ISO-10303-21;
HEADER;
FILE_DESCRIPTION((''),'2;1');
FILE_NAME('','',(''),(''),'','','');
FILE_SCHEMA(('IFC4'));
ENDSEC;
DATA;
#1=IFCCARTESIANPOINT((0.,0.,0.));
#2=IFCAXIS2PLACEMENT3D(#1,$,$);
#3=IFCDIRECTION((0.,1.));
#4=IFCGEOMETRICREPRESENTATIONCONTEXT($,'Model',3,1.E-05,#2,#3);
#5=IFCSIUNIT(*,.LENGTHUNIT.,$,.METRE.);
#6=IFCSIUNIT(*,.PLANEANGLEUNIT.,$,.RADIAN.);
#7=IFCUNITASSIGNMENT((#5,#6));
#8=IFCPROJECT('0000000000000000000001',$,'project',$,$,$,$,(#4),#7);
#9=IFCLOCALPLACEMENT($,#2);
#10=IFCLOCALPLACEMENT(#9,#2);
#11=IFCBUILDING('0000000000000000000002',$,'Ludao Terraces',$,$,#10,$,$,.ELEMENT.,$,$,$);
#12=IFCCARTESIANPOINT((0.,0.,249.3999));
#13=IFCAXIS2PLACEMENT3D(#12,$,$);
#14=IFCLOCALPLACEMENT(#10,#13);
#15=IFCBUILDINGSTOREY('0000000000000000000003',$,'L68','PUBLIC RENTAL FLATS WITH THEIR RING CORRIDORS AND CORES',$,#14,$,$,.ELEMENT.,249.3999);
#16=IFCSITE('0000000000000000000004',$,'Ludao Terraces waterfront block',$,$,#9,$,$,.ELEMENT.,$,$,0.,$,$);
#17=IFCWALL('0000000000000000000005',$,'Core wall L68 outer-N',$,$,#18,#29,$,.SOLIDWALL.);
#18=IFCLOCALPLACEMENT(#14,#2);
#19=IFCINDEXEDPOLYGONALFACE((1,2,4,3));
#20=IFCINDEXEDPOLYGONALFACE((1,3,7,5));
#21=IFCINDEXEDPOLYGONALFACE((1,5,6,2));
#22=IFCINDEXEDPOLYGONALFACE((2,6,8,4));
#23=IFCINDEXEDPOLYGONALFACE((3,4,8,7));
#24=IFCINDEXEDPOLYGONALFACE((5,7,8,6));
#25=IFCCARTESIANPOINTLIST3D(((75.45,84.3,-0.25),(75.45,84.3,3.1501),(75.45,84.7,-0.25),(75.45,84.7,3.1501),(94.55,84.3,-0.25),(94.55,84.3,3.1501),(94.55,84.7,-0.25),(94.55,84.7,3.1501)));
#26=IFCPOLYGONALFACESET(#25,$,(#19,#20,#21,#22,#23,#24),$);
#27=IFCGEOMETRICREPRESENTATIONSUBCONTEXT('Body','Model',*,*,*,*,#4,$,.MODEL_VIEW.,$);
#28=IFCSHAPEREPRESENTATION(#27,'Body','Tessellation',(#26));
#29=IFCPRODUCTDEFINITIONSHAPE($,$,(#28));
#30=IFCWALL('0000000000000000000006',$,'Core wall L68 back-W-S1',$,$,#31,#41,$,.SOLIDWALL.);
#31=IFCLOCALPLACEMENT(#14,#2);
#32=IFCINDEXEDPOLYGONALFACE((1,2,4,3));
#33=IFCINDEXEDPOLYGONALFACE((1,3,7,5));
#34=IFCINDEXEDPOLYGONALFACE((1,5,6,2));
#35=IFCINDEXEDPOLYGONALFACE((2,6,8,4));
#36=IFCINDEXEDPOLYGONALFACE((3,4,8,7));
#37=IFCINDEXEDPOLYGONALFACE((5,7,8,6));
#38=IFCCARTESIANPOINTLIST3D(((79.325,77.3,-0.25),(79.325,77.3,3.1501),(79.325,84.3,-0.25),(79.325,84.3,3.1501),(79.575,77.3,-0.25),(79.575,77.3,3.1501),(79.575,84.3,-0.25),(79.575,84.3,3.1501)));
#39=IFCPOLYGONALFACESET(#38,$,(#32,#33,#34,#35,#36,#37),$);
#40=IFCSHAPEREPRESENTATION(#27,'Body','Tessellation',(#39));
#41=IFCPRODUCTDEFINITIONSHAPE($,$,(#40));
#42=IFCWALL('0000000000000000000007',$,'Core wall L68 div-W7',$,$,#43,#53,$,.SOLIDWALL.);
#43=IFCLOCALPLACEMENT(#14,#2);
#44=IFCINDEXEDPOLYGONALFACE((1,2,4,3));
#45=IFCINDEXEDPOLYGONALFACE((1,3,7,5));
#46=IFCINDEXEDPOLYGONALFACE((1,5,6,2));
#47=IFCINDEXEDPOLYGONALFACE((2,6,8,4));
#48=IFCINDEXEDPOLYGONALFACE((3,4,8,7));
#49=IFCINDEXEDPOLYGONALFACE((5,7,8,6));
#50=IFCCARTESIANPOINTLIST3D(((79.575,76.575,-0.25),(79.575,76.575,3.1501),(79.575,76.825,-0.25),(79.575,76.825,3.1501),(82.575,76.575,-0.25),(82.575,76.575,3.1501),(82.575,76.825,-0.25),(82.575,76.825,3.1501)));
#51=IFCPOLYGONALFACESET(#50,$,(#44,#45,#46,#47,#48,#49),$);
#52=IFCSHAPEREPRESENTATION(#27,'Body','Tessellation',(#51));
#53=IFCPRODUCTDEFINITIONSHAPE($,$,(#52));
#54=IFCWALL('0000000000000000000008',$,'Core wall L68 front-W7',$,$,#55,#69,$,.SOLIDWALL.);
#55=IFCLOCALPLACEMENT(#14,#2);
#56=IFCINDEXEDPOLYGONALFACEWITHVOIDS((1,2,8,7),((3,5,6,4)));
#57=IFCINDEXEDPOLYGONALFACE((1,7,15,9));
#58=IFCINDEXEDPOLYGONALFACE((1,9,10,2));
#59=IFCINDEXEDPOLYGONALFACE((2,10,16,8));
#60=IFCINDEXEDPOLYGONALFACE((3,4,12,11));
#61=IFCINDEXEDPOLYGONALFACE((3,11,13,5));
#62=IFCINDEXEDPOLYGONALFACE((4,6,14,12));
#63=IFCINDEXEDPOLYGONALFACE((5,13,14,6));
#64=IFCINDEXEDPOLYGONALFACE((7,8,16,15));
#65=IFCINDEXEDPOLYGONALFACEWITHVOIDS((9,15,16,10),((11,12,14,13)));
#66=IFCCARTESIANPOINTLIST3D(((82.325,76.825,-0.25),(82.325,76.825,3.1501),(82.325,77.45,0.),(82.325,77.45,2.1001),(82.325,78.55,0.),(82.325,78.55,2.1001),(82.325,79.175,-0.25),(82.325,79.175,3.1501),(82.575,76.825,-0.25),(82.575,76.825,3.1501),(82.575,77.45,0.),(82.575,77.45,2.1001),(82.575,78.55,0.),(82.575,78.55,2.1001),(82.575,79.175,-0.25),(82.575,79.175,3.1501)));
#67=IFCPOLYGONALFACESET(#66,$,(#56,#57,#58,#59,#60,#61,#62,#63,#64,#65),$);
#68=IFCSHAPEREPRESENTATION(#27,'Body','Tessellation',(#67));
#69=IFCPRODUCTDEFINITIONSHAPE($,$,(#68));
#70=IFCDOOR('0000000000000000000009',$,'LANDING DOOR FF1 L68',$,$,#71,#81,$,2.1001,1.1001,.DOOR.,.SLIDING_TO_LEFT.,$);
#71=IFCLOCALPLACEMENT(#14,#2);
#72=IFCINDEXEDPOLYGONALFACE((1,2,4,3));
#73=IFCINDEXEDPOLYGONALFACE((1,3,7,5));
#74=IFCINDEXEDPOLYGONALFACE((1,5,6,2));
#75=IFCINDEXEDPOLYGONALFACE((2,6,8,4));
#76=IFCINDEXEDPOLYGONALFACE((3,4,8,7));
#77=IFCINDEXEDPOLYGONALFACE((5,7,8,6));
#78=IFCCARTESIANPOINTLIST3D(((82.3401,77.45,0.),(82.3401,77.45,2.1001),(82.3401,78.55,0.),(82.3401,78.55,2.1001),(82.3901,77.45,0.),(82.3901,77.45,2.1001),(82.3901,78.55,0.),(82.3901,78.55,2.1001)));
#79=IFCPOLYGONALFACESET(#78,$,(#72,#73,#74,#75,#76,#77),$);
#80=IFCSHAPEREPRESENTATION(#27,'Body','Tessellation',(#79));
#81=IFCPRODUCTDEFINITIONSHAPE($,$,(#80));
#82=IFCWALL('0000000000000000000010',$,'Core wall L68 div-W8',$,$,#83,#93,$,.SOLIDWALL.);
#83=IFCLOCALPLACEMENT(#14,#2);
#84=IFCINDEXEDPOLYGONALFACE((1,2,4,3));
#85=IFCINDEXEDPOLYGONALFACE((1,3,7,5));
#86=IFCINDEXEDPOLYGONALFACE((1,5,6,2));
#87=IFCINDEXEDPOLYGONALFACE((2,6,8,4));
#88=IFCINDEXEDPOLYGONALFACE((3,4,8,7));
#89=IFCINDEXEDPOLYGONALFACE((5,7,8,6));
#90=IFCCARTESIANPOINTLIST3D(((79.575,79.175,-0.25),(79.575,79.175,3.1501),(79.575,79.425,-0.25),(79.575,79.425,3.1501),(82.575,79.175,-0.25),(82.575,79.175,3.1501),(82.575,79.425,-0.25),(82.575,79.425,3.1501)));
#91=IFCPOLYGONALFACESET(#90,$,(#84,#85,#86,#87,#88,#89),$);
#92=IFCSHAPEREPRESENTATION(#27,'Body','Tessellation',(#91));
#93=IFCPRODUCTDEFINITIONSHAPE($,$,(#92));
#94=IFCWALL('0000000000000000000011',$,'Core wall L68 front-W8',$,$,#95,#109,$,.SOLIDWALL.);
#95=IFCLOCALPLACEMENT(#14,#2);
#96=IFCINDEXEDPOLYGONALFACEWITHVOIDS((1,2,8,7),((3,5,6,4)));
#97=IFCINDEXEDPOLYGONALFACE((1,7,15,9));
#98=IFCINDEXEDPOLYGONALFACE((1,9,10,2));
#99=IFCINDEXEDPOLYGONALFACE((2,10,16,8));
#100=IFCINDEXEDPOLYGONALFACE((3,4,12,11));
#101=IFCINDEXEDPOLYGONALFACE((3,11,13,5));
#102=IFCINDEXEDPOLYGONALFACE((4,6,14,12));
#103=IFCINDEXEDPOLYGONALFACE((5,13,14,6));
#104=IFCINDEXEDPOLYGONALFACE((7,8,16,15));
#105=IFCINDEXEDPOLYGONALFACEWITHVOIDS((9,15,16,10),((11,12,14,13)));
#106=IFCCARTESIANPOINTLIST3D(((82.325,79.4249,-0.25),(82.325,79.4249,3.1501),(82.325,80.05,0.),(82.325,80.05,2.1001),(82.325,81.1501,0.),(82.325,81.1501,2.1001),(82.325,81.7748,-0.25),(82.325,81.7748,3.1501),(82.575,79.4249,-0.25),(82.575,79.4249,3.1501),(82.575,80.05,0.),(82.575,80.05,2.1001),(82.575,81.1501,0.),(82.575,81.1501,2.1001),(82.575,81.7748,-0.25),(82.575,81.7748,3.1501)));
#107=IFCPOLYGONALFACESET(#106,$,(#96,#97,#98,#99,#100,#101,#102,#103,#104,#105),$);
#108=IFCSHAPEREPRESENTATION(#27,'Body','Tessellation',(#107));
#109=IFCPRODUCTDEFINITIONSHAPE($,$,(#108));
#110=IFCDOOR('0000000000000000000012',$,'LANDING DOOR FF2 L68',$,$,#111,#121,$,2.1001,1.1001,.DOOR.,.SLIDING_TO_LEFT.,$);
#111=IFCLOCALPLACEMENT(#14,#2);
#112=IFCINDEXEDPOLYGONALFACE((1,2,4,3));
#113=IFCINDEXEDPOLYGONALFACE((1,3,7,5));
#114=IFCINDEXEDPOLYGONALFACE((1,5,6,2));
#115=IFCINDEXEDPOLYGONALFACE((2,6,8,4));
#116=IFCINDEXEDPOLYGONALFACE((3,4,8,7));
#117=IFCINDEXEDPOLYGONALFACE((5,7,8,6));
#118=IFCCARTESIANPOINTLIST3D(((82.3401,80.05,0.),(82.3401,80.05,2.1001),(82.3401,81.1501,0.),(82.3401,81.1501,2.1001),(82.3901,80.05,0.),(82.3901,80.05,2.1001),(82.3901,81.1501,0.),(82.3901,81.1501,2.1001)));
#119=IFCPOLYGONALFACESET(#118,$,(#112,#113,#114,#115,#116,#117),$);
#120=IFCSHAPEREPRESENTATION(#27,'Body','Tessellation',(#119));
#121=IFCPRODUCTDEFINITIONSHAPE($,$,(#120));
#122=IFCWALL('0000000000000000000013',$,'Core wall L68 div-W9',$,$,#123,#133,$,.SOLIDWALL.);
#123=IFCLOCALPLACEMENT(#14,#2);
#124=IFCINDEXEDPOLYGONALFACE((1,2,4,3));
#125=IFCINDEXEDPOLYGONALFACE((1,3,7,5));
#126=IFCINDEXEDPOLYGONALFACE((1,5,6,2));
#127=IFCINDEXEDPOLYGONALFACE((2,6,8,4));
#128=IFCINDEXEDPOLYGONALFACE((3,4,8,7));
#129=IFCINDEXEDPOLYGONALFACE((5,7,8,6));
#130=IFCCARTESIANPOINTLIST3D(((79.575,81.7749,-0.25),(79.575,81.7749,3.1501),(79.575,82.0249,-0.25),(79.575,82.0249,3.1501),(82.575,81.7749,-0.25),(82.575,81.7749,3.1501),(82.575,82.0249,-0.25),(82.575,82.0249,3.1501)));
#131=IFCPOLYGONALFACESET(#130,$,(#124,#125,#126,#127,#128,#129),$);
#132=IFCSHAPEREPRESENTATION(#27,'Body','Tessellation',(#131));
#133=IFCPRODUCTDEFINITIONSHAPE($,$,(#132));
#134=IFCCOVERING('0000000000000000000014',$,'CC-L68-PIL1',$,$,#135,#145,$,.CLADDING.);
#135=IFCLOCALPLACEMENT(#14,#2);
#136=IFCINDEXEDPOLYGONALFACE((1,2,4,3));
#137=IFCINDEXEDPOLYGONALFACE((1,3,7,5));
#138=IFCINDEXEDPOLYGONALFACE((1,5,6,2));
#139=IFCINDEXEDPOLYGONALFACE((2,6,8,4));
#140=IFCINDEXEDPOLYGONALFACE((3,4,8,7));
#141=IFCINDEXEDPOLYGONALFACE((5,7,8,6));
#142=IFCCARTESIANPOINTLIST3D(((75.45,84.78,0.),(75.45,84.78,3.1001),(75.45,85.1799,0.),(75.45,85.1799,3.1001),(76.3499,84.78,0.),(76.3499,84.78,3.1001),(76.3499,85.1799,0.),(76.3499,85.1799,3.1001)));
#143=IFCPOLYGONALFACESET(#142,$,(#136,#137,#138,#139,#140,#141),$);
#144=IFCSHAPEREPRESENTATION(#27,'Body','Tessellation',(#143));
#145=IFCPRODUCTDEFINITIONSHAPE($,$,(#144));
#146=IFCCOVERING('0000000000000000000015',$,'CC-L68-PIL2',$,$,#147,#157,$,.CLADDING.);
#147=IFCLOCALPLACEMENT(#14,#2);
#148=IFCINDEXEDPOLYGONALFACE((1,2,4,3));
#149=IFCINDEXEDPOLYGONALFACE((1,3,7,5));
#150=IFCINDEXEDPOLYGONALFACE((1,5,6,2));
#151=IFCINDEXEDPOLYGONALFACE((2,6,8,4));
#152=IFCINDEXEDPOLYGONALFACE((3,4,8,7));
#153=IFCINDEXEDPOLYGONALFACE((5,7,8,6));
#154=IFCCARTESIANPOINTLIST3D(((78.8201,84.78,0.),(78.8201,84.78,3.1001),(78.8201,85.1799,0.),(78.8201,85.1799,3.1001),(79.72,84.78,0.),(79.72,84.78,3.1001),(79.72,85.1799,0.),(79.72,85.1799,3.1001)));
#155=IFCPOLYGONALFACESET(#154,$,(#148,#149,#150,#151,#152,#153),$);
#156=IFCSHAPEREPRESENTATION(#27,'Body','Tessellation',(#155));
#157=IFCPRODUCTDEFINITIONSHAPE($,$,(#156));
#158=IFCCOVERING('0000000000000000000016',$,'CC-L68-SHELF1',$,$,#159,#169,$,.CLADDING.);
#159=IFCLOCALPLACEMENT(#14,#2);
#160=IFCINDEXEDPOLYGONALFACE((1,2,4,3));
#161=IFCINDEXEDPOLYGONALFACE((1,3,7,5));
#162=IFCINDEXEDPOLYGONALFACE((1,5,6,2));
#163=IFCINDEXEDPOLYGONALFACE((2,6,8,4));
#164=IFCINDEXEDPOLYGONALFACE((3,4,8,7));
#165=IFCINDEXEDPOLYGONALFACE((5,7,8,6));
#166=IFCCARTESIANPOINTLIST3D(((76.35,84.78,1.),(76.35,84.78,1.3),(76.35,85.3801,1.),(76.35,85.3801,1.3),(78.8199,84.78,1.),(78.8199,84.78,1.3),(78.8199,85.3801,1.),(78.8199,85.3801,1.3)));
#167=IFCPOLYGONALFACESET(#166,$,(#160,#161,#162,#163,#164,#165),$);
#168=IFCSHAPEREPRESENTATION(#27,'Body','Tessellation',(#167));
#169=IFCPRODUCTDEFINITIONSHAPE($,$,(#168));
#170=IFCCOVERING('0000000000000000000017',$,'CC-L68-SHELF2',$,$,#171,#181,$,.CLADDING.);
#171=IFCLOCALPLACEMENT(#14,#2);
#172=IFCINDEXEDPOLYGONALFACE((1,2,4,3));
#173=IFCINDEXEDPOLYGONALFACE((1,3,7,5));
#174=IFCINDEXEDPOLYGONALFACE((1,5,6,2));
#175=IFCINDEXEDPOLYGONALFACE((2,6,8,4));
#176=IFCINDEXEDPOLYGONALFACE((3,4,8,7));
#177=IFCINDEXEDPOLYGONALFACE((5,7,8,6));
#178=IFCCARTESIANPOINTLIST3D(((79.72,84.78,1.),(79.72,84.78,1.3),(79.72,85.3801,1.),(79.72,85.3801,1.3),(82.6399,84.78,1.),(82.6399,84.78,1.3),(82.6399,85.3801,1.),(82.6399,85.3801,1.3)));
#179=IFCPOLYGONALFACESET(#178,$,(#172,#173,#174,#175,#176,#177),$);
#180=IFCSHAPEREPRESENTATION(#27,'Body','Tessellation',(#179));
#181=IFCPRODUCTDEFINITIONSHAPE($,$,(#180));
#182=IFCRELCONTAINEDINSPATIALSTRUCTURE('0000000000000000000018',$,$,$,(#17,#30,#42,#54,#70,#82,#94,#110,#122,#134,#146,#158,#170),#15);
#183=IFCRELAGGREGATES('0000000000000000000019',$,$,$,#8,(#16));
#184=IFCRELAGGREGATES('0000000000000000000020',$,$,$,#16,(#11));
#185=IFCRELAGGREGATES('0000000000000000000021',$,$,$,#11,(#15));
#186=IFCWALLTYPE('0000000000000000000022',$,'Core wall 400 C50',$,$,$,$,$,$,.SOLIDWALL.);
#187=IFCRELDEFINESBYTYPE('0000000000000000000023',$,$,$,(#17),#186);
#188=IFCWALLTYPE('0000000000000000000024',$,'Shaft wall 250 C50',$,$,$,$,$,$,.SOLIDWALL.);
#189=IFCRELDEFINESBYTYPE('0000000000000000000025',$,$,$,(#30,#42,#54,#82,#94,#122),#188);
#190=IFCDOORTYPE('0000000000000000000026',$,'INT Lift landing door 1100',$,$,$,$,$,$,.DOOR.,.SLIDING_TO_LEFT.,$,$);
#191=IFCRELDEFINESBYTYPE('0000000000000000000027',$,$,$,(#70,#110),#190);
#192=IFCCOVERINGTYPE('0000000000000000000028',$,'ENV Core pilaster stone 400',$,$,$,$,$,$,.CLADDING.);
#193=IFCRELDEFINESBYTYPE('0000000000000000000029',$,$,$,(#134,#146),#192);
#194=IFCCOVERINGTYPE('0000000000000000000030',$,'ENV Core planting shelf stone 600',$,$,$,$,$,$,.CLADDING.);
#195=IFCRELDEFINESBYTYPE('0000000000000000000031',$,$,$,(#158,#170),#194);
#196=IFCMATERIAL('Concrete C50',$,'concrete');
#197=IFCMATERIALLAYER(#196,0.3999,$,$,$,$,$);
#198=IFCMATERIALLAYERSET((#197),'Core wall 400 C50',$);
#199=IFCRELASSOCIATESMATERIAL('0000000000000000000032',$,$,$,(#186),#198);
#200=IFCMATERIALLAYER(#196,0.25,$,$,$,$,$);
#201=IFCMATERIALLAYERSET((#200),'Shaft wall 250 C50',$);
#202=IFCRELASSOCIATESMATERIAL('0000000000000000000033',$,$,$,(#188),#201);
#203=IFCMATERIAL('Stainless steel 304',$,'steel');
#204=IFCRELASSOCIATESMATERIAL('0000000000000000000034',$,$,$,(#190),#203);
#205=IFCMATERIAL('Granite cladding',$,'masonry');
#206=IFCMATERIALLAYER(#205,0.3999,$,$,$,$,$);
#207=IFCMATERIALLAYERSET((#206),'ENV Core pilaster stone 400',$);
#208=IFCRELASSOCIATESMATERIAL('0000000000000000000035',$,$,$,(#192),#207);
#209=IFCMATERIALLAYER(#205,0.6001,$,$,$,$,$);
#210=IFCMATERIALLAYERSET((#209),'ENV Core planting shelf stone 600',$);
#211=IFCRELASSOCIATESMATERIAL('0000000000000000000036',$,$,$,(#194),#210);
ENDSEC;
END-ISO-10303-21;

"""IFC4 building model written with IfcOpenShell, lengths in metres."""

from ifc_helpers import new_model, si_unit, direction, frame, frame_2d, origin, origin_2d, place, context, subcontext, project, spatial, rectangle, extrude, material, layer, layer_set, type_object, element, fill, save


model = new_model("IFC4")

# Units and contexts
model_context = context("Model", 3, precision=1e-05, world=origin(), true_north=direction((0.0, 1.0)))
body_context = subcontext(model_context, "Body", "Model", "MODEL_VIEW")
ifc_project = project(units=[si_unit("LENGTHUNIT", "METRE"), si_unit("PLANEANGLEUNIT", "RADIAN")], contexts=[model_context])

# Site, building, storey
site_placement = place(None, origin())
site = spatial("IfcSite", under=ifc_project, at=site_placement, Name="Ludao Terraces waterfront block", CompositionType="ELEMENT", RefElevation=0.0)
building_placement = place(site_placement, origin())
building = spatial("IfcBuilding", under=site, at=building_placement, Name="Ludao Terraces", CompositionType="ELEMENT")
storey_placement = place(building_placement, frame((0.0, 0.0, 249.3999)))
storey = spatial("IfcBuildingStorey", under=building, at=storey_placement, Name="L68", Description="PUBLIC RENTAL FLATS WITH THEIR RING CORRIDORS AND CORES", CompositionType="ELEMENT", Elevation=249.3999)

# Walls
ifc_material_1 = material(Name="Concrete C50", Category="concrete")
ifc_layer_1 = layer(ifc_material_1, 0.3999)
ifc_layer_set_1 = layer_set([ifc_layer_1], Name="Core wall 400 C50")
wall_type_1 = type_object("IfcWallType", Name="Core wall 400 C50", PredefinedType="SOLIDWALL", material=ifc_layer_set_1)
wall_1_placement = place(storey_placement, frame((75.45, 84.5, -0.25), z_axis=(0.0, 0.0, 1.0), x_axis=(1.0, 0.0, 0.0)))
element("IfcWall", 1, at=wall_1_placement, inside=storey, type_object=wall_type_1, Name="Core wall L68 outer-N", PredefinedType="SOLIDWALL", context=body_context, shape_type="SweptSolid", body=[
    extrude(rectangle(XDim=19.1001, YDim=0.3999, at=frame_2d((9.55, 0.0))), origin(), (0.0, 0.0, 1.0), 3.4001),
])
ifc_layer_2 = layer(ifc_material_1, 0.25)
ifc_layer_set_2 = layer_set([ifc_layer_2], Name="Shaft wall 250 C50")
wall_type_2 = type_object("IfcWallType", Name="Shaft wall 250 C50", PredefinedType="SOLIDWALL", material=ifc_layer_set_2)
wall_2_placement = place(storey_placement, frame((79.45, 77.3, -0.25), z_axis=(0.0, 0.0, 1.0), x_axis=(0.0, 1.0, 0.0)))
element("IfcWall", 2, at=wall_2_placement, inside=storey, type_object=wall_type_2, Name="Core wall L68 back-W-S1", PredefinedType="SOLIDWALL", context=body_context, shape_type="SweptSolid", body=[
    extrude(rectangle(XDim=7.0, YDim=0.25, at=frame_2d((3.5, 0.0))), origin(), (0.0, 0.0, 1.0), 3.4001),
])
wall_3_placement = place(storey_placement, frame((79.575, 76.7, -0.25), z_axis=(0.0, 0.0, 1.0), x_axis=(1.0, 0.0, 0.0)))
element("IfcWall", 3, at=wall_3_placement, inside=storey, type_object=wall_type_2, Name="Core wall L68 div-W7", PredefinedType="SOLIDWALL", context=body_context, shape_type="SweptSolid", body=[
    extrude(rectangle(XDim=3.0, YDim=0.25, at=frame_2d((1.5, 0.0))), origin(), (0.0, 0.0, 1.0), 3.4001),
])

# Wall, opening, door
wall_4_placement = place(storey_placement, frame((82.45, 76.825, -0.25), z_axis=(0.0, 0.0, 1.0), x_axis=(0.0, 1.0, 0.0)))
wall_4 = element("IfcWall", 4, at=wall_4_placement, inside=storey, type_object=wall_type_2, Name="Core wall L68 front-W7", PredefinedType="SOLIDWALL", context=body_context, shape_type="SweptSolid", body=[
    extrude(rectangle(XDim=2.3501, YDim=0.25, at=frame_2d((1.175, 0.0))), origin(), (0.0, 0.0, 1.0), 3.4001),
])
opening_1_placement = place(wall_4_placement, frame((0.625, 0.0, 0.25)))
opening_1 = element("IfcOpeningElement", 5, at=opening_1_placement, cuts=wall_4, PredefinedType="OPENING", context=body_context, shape_type="SweptSolid", body=[
    extrude(rectangle(XDim=1.1001, YDim=2.1001, at=frame_2d((0.55, 1.05))), frame((0.0, 0.135, 0.0), z_axis=(0.0, -1.0, 0.0), x_axis=(1.0, 0.0, 0.0)), (0.0, 0.0, 1.0), 0.27),
])
ifc_material_2 = material(Name="Stainless steel 304", Category="steel")
door_type = type_object("IfcDoorType", Name="INT Lift landing door 1100", OperationType="SLIDING_TO_LEFT", PredefinedType="DOOR", material=ifc_material_2)
door_1_placement = place(opening_1_placement, origin())
door_1 = element("IfcDoor", 6, at=door_1_placement, inside=storey, type_object=door_type, Name="LANDING DOOR FF1 L68", OperationType="SLIDING_TO_LEFT", OverallHeight=2.1001, OverallWidth=1.1001, PredefinedType="DOOR", context=body_context, shape_type="SweptSolid", body=[
    extrude(rectangle(XDim=1.1001, YDim=2.1001, at=frame_2d((0.55, 1.05))), frame((0.0, 0.1099, 0.0), z_axis=(0.0, -1.0, 0.0), x_axis=(1.0, 0.0, 0.0)), (0.0, 0.0, 1.0), 0.05),
])
fill(opening_1, door_1)

# Wall
wall_5_placement = place(storey_placement, frame((79.575, 79.3, -0.25), z_axis=(0.0, 0.0, 1.0), x_axis=(1.0, 0.0, 0.0)))
element("IfcWall", 7, at=wall_5_placement, inside=storey, type_object=wall_type_2, Name="Core wall L68 div-W8", PredefinedType="SOLIDWALL", context=body_context, shape_type="SweptSolid", body=[
    extrude(rectangle(XDim=3.0, YDim=0.25, at=frame_2d((1.5, 0.0))), origin(), (0.0, 0.0, 1.0), 3.4001),
])

# Wall, opening, door
wall_6_placement = place(storey_placement, frame((82.45, 79.425, -0.25), z_axis=(0.0, 0.0, 1.0), x_axis=(0.0, 1.0, 0.0)))
wall_6 = element("IfcWall", 8, at=wall_6_placement, inside=storey, type_object=wall_type_2, Name="Core wall L68 front-W8", PredefinedType="SOLIDWALL", context=body_context, shape_type="SweptSolid", body=[
    extrude(rectangle(XDim=2.3499, YDim=0.25, at=frame_2d((1.1748, 0.0))), origin(), (0.0, 0.0, 1.0), 3.4001),
])
opening_2_placement = place(wall_6_placement, frame((0.625, 0.0, 0.25)))
opening_2 = element("IfcOpeningElement", 9, at=opening_2_placement, cuts=wall_6, PredefinedType="OPENING", context=body_context, shape_type="SweptSolid", body=[
    extrude(rectangle(XDim=1.1001, YDim=2.1001, at=frame_2d((0.55, 1.05))), frame((0.0, 0.135, 0.0), z_axis=(0.0, -1.0, 0.0), x_axis=(1.0, 0.0, 0.0)), (0.0, 0.0, 1.0), 0.27),
])
door_2_placement = place(opening_2_placement, origin())
door_2 = element("IfcDoor", 10, at=door_2_placement, inside=storey, type_object=door_type, Name="LANDING DOOR FF2 L68", OperationType="SLIDING_TO_LEFT", OverallHeight=2.1001, OverallWidth=1.1001, PredefinedType="DOOR", context=body_context, shape_type="SweptSolid", body=[
    extrude(rectangle(XDim=1.1001, YDim=2.1001, at=frame_2d((0.55, 1.05))), frame((0.0, 0.1099, 0.0), z_axis=(0.0, -1.0, 0.0), x_axis=(1.0, 0.0, 0.0)), (0.0, 0.0, 1.0), 0.05),
])
fill(opening_2, door_2)

# Wall
wall_7_placement = place(storey_placement, frame((79.575, 81.8999, -0.25), z_axis=(0.0, 0.0, 1.0), x_axis=(1.0, 0.0, 0.0)))
element("IfcWall", 11, at=wall_7_placement, inside=storey, type_object=wall_type_2, Name="Core wall L68 div-W9", PredefinedType="SOLIDWALL", context=body_context, shape_type="SweptSolid", body=[
    extrude(rectangle(XDim=3.0, YDim=0.25, at=frame_2d((1.5, 0.0))), origin(), (0.0, 0.0, 1.0), 3.4001),
])

# Coverings
ifc_material_3 = material(Name="Granite cladding", Category="masonry")
ifc_layer_3 = layer(ifc_material_3, 0.3999)
ifc_layer_set_3 = layer_set([ifc_layer_3], Name="ENV Core pilaster stone 400")
covering_type_1 = type_object("IfcCoveringType", Name="ENV Core pilaster stone 400", PredefinedType="CLADDING", material=ifc_layer_set_3)
for number, where, z_axis, x_axis, name in (
    (12, (75.8999, 84.98, 0.0), (0.0, 0.0, 1.0), (1.0, 0.0, 0.0), "CC-L68-PIL1"),
    (13, (79.27, 84.98, 0.0), (0.0, 0.0, 1.0), (1.0, 0.0, 0.0), "CC-L68-PIL2"),
):
    element("IfcCovering", number, at=place(storey_placement, frame(where, z_axis=z_axis, x_axis=x_axis)), inside=storey, type_object=covering_type_1, Name=name, PredefinedType="CLADDING", context=body_context, shape_type="SweptSolid", body=[
        extrude(rectangle(XDim=0.8999, YDim=0.3999, at=origin_2d()), origin(), (0.0, 0.0, 1.0), 3.1001),
    ])
ifc_layer_4 = layer(ifc_material_3, 0.6001)
ifc_layer_set_4 = layer_set([ifc_layer_4], Name="ENV Core planting shelf stone 600")
covering_type_2 = type_object("IfcCoveringType", Name="ENV Core planting shelf stone 600", PredefinedType="CLADDING", material=ifc_layer_set_4)
covering_1_placement = place(storey_placement, frame((77.585, 85.0801, 1.0), z_axis=(0.0, 0.0, 1.0), x_axis=(1.0, 0.0, 0.0)))
element("IfcCovering", 14, at=covering_1_placement, inside=storey, type_object=covering_type_2, Name="CC-L68-SHELF1", PredefinedType="CLADDING", context=body_context, shape_type="SweptSolid", body=[
    extrude(rectangle(XDim=2.47, YDim=0.6001, at=origin_2d()), origin(), (0.0, 0.0, 1.0), 0.3),
])
covering_2_placement = place(storey_placement, frame((81.1799, 85.0801, 1.0), z_axis=(0.0, 0.0, 1.0), x_axis=(1.0, 0.0, 0.0)))
element("IfcCovering", 15, at=covering_2_placement, inside=storey, type_object=covering_type_2, Name="CC-L68-SHELF2", PredefinedType="CLADDING", context=body_context, shape_type="SweptSolid", body=[
    extrude(rectangle(XDim=2.9199, YDim=0.6001, at=origin_2d()), origin(), (0.0, 0.0, 1.0), 0.3),
])

save(model, "model.ifc")
